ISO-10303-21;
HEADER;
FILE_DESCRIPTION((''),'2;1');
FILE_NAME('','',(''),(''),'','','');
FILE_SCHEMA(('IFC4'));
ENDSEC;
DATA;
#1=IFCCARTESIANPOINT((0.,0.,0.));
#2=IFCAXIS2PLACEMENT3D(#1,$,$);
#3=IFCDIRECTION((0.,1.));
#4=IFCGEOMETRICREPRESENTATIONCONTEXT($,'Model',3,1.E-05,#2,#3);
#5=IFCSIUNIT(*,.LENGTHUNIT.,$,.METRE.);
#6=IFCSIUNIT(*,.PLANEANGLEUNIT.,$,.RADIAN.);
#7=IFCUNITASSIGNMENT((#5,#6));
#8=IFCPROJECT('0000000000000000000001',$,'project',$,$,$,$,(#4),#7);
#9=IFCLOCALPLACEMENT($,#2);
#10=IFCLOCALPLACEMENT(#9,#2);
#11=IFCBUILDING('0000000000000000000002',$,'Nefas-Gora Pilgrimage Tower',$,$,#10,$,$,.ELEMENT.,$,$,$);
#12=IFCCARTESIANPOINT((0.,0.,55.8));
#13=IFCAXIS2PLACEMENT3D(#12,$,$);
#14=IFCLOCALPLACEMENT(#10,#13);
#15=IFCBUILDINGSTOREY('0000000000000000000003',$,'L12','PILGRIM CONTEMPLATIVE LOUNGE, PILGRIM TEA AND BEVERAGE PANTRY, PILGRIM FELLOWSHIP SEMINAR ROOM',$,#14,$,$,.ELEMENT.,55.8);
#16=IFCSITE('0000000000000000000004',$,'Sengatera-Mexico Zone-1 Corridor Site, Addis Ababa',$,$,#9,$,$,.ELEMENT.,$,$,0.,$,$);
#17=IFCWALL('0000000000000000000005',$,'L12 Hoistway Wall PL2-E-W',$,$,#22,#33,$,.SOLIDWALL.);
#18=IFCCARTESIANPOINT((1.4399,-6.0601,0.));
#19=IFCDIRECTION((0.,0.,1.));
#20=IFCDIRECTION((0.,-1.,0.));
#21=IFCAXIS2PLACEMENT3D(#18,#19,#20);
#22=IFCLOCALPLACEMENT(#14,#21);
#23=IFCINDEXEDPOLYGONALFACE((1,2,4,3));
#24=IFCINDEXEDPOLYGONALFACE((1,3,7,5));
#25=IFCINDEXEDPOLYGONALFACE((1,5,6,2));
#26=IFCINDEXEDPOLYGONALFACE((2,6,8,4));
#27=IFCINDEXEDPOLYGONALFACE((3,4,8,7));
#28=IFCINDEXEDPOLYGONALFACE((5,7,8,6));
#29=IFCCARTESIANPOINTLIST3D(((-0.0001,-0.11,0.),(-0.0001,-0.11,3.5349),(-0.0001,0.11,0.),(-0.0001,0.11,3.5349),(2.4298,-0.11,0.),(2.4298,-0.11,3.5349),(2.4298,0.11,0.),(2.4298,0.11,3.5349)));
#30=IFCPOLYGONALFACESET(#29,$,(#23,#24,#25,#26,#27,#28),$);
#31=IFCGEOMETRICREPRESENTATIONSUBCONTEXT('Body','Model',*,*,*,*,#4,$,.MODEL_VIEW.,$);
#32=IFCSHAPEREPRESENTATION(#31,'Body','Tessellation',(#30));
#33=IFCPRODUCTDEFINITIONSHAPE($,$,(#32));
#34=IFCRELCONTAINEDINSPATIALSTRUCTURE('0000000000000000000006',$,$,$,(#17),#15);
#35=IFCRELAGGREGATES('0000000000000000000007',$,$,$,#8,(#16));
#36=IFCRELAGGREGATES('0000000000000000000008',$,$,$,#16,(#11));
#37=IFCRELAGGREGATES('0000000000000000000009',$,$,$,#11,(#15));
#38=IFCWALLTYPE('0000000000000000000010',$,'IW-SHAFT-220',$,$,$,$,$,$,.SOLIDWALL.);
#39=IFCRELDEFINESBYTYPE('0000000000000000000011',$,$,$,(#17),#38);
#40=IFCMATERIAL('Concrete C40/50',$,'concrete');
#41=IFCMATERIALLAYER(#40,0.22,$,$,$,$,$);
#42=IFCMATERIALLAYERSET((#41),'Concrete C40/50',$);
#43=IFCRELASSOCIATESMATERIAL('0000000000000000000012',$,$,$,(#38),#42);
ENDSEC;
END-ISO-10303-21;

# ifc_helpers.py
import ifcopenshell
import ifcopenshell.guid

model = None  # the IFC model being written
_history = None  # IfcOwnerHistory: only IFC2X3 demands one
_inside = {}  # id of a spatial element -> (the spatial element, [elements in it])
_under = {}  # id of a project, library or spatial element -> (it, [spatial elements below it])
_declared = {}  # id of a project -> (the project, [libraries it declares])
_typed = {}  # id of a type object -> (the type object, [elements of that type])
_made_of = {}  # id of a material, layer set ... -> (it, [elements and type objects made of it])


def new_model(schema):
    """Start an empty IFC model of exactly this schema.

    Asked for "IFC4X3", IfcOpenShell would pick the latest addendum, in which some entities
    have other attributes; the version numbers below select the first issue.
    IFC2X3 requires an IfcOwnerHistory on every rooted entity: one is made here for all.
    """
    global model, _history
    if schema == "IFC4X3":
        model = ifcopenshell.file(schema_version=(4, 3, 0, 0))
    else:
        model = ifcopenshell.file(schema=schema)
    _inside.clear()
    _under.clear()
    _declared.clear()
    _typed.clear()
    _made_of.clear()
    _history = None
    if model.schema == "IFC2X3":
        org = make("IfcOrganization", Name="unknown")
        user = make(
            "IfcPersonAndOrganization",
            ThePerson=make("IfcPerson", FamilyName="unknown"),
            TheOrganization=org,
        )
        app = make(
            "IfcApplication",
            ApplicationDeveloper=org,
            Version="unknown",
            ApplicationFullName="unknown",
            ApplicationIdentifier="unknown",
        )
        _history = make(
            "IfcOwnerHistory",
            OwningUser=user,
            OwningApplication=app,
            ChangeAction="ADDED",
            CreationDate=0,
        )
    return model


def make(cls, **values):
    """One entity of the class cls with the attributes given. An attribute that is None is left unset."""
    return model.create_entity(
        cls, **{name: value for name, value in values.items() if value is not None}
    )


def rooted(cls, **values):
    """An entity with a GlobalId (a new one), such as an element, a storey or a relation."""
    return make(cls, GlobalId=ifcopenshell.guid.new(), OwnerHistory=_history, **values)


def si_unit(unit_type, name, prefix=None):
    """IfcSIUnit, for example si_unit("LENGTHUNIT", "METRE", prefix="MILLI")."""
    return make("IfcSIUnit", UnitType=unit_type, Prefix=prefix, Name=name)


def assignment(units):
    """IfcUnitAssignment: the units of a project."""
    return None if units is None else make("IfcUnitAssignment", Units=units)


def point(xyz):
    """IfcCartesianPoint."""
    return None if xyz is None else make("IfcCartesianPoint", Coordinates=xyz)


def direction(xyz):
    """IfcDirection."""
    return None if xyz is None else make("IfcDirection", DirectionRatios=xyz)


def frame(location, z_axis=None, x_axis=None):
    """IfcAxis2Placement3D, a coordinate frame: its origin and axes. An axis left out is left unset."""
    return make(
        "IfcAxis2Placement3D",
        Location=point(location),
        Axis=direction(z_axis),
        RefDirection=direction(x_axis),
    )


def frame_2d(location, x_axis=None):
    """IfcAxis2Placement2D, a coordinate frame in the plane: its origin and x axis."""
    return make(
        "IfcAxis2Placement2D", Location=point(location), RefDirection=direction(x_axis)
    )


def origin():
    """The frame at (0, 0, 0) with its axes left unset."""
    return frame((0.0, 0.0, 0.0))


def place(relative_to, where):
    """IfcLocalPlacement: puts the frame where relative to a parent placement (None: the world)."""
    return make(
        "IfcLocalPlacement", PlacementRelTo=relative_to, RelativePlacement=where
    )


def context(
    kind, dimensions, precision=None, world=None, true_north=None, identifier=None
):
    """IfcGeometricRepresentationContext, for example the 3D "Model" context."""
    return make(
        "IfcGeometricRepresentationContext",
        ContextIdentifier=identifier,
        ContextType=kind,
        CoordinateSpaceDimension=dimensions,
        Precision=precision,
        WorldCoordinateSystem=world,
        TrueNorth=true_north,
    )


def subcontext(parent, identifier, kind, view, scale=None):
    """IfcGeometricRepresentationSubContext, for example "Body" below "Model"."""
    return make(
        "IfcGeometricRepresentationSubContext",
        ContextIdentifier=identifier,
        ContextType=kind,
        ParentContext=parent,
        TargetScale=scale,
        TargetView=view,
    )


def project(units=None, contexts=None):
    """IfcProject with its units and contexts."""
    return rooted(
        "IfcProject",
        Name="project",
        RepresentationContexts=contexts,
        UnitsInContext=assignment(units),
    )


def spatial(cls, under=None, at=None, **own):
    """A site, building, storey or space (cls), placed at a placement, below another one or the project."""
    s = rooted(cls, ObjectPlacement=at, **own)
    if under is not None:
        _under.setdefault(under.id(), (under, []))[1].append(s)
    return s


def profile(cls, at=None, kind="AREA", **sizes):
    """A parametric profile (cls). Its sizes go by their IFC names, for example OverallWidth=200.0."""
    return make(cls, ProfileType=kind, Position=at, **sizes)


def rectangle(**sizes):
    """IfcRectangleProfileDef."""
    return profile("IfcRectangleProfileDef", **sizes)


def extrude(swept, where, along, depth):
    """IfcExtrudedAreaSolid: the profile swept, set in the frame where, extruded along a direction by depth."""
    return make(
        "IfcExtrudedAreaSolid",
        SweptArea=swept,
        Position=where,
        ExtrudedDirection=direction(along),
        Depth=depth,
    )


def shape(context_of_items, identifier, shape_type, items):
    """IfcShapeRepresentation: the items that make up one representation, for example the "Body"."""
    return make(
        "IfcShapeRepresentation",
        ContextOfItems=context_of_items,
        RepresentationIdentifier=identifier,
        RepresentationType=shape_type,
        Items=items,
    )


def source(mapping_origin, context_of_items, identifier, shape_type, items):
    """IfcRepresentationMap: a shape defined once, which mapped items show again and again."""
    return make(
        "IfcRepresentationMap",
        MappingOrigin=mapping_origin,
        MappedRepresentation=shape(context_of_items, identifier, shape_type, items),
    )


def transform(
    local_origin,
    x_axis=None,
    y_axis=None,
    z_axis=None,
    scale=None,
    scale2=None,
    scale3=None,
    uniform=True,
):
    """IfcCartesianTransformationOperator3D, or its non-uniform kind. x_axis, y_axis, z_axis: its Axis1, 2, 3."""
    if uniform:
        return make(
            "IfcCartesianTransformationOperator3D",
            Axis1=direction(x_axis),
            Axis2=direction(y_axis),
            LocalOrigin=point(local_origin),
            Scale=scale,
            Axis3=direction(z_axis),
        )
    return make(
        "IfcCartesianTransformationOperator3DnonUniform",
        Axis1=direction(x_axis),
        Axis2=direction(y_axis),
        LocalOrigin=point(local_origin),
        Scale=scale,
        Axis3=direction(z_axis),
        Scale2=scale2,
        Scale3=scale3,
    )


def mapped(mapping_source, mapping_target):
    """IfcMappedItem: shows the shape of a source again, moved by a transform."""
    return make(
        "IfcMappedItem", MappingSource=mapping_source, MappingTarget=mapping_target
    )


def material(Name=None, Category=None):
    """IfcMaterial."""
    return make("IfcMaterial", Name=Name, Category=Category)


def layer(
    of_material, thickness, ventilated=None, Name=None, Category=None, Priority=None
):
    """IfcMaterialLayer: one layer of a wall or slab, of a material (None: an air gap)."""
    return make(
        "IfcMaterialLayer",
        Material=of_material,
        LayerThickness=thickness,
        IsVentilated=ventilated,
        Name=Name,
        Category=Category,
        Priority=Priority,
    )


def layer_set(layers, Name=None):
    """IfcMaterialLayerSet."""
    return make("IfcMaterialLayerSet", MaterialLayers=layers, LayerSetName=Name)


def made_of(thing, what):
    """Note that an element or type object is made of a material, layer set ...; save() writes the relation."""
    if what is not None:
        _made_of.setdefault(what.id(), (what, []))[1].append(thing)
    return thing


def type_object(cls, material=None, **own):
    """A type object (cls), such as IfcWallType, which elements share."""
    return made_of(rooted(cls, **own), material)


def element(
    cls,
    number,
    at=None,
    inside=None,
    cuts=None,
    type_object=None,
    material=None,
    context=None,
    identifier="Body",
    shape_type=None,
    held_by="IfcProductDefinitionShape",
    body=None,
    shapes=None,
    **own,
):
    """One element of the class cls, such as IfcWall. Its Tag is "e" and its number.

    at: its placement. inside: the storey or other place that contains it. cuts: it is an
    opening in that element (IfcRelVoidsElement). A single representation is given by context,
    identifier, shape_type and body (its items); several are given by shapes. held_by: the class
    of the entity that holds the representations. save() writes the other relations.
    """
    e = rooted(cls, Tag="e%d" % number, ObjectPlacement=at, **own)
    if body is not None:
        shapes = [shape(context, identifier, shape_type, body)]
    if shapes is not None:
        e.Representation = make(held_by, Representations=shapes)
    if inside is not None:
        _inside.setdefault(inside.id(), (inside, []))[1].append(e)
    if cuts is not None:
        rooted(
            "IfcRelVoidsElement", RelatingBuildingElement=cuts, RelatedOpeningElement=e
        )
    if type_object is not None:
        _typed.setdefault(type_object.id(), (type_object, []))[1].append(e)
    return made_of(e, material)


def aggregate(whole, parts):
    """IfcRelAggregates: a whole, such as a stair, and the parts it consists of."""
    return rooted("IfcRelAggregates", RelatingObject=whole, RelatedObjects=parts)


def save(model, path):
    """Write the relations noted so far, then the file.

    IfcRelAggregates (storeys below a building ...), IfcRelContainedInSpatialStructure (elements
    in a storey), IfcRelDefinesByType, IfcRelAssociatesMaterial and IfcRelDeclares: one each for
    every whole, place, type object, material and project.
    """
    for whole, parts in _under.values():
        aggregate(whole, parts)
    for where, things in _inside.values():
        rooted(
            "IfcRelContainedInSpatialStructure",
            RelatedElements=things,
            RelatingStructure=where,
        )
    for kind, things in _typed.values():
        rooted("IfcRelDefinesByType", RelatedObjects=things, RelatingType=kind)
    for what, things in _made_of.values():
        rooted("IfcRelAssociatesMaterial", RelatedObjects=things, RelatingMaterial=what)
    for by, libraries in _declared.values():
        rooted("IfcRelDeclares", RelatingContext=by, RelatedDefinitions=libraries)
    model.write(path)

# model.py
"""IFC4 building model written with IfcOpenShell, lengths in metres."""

from ifc_helpers import new_model, si_unit, direction, frame, frame_2d, origin, place, context, subcontext, project, spatial, rectangle, extrude, source, transform, mapped, material, layer, layer_set, type_object, element, save


model = new_model("IFC4")

# Units and contexts
model_context = context("Model", 3, precision=1e-05, world=origin(), true_north=direction((0.0, 1.0)))
body_context = subcontext(model_context, "Body", "Model", "MODEL_VIEW")
ifc_project = project(units=[si_unit("LENGTHUNIT", "METRE"), si_unit("PLANEANGLEUNIT", "RADIAN")], contexts=[model_context])

# Site, building, storey
site_placement = place(None, origin())
site = spatial("IfcSite", under=ifc_project, at=site_placement, Name="Sengatera-Mexico Zone-1 Corridor Site, Addis Ababa", CompositionType="ELEMENT", RefElevation=0.0)
building_placement = place(site_placement, origin())
building = spatial("IfcBuilding", under=site, at=building_placement, Name="Nefas-Gora Pilgrimage Tower", CompositionType="ELEMENT")
storey_placement = place(building_placement, frame((0.0, 0.0, 55.8)))
storey = spatial("IfcBuildingStorey", under=building, at=storey_placement, Name="L12", Description="PILGRIM CONTEMPLATIVE LOUNGE, PILGRIM TEA AND BEVERAGE PANTRY, PILGRIM FELLOWSHIP SEMINAR ROOM", CompositionType="ELEMENT", Elevation=55.8)

# Wall
ifc_material_1 = material(Name="Concrete C40/50", Category="concrete")
ifc_layer_1 = layer(ifc_material_1, 0.22)
ifc_layer_set_1 = layer_set([ifc_layer_1], Name="Concrete C40/50")
wall_type_1 = type_object("IfcWallType", Name="IW-SHAFT-220", PredefinedType="SOLIDWALL", material=ifc_layer_set_1)
shared_shape_1 = source(origin(), body_context, "Body", "SweptSolid", [
    extrude(rectangle(XDim=2.4299, YDim=0.22, at=frame_2d((1.2148, 0.0))), origin(), (0.0, 0.0, 1.0), 3.5349),
])
for number, where, z_axis, x_axis, name in (
    (1, (1.4399, -6.0601, 0.0), (0.0, 0.0, 1.0), (0.0, -1.0, 0.0), "L12 Hoistway Wall PL2-E-W"),
):
    element("IfcWall", number, at=place(storey_placement, frame(where, z_axis=z_axis, x_axis=x_axis)), inside=storey, type_object=wall_type_1, Name=name, PredefinedType="SOLIDWALL", context=body_context, shape_type="MappedRepresentation", body=[
        mapped(shared_shape_1, transform((0.0, 0.0, 0.0), x_axis=(1.0, 0.0, 0.0), y_axis=(0.0, 1.0, 0.0), z_axis=(0.0, 0.0, 1.0), scale=1.0)),
    ])

save(model, "model.ifc")
